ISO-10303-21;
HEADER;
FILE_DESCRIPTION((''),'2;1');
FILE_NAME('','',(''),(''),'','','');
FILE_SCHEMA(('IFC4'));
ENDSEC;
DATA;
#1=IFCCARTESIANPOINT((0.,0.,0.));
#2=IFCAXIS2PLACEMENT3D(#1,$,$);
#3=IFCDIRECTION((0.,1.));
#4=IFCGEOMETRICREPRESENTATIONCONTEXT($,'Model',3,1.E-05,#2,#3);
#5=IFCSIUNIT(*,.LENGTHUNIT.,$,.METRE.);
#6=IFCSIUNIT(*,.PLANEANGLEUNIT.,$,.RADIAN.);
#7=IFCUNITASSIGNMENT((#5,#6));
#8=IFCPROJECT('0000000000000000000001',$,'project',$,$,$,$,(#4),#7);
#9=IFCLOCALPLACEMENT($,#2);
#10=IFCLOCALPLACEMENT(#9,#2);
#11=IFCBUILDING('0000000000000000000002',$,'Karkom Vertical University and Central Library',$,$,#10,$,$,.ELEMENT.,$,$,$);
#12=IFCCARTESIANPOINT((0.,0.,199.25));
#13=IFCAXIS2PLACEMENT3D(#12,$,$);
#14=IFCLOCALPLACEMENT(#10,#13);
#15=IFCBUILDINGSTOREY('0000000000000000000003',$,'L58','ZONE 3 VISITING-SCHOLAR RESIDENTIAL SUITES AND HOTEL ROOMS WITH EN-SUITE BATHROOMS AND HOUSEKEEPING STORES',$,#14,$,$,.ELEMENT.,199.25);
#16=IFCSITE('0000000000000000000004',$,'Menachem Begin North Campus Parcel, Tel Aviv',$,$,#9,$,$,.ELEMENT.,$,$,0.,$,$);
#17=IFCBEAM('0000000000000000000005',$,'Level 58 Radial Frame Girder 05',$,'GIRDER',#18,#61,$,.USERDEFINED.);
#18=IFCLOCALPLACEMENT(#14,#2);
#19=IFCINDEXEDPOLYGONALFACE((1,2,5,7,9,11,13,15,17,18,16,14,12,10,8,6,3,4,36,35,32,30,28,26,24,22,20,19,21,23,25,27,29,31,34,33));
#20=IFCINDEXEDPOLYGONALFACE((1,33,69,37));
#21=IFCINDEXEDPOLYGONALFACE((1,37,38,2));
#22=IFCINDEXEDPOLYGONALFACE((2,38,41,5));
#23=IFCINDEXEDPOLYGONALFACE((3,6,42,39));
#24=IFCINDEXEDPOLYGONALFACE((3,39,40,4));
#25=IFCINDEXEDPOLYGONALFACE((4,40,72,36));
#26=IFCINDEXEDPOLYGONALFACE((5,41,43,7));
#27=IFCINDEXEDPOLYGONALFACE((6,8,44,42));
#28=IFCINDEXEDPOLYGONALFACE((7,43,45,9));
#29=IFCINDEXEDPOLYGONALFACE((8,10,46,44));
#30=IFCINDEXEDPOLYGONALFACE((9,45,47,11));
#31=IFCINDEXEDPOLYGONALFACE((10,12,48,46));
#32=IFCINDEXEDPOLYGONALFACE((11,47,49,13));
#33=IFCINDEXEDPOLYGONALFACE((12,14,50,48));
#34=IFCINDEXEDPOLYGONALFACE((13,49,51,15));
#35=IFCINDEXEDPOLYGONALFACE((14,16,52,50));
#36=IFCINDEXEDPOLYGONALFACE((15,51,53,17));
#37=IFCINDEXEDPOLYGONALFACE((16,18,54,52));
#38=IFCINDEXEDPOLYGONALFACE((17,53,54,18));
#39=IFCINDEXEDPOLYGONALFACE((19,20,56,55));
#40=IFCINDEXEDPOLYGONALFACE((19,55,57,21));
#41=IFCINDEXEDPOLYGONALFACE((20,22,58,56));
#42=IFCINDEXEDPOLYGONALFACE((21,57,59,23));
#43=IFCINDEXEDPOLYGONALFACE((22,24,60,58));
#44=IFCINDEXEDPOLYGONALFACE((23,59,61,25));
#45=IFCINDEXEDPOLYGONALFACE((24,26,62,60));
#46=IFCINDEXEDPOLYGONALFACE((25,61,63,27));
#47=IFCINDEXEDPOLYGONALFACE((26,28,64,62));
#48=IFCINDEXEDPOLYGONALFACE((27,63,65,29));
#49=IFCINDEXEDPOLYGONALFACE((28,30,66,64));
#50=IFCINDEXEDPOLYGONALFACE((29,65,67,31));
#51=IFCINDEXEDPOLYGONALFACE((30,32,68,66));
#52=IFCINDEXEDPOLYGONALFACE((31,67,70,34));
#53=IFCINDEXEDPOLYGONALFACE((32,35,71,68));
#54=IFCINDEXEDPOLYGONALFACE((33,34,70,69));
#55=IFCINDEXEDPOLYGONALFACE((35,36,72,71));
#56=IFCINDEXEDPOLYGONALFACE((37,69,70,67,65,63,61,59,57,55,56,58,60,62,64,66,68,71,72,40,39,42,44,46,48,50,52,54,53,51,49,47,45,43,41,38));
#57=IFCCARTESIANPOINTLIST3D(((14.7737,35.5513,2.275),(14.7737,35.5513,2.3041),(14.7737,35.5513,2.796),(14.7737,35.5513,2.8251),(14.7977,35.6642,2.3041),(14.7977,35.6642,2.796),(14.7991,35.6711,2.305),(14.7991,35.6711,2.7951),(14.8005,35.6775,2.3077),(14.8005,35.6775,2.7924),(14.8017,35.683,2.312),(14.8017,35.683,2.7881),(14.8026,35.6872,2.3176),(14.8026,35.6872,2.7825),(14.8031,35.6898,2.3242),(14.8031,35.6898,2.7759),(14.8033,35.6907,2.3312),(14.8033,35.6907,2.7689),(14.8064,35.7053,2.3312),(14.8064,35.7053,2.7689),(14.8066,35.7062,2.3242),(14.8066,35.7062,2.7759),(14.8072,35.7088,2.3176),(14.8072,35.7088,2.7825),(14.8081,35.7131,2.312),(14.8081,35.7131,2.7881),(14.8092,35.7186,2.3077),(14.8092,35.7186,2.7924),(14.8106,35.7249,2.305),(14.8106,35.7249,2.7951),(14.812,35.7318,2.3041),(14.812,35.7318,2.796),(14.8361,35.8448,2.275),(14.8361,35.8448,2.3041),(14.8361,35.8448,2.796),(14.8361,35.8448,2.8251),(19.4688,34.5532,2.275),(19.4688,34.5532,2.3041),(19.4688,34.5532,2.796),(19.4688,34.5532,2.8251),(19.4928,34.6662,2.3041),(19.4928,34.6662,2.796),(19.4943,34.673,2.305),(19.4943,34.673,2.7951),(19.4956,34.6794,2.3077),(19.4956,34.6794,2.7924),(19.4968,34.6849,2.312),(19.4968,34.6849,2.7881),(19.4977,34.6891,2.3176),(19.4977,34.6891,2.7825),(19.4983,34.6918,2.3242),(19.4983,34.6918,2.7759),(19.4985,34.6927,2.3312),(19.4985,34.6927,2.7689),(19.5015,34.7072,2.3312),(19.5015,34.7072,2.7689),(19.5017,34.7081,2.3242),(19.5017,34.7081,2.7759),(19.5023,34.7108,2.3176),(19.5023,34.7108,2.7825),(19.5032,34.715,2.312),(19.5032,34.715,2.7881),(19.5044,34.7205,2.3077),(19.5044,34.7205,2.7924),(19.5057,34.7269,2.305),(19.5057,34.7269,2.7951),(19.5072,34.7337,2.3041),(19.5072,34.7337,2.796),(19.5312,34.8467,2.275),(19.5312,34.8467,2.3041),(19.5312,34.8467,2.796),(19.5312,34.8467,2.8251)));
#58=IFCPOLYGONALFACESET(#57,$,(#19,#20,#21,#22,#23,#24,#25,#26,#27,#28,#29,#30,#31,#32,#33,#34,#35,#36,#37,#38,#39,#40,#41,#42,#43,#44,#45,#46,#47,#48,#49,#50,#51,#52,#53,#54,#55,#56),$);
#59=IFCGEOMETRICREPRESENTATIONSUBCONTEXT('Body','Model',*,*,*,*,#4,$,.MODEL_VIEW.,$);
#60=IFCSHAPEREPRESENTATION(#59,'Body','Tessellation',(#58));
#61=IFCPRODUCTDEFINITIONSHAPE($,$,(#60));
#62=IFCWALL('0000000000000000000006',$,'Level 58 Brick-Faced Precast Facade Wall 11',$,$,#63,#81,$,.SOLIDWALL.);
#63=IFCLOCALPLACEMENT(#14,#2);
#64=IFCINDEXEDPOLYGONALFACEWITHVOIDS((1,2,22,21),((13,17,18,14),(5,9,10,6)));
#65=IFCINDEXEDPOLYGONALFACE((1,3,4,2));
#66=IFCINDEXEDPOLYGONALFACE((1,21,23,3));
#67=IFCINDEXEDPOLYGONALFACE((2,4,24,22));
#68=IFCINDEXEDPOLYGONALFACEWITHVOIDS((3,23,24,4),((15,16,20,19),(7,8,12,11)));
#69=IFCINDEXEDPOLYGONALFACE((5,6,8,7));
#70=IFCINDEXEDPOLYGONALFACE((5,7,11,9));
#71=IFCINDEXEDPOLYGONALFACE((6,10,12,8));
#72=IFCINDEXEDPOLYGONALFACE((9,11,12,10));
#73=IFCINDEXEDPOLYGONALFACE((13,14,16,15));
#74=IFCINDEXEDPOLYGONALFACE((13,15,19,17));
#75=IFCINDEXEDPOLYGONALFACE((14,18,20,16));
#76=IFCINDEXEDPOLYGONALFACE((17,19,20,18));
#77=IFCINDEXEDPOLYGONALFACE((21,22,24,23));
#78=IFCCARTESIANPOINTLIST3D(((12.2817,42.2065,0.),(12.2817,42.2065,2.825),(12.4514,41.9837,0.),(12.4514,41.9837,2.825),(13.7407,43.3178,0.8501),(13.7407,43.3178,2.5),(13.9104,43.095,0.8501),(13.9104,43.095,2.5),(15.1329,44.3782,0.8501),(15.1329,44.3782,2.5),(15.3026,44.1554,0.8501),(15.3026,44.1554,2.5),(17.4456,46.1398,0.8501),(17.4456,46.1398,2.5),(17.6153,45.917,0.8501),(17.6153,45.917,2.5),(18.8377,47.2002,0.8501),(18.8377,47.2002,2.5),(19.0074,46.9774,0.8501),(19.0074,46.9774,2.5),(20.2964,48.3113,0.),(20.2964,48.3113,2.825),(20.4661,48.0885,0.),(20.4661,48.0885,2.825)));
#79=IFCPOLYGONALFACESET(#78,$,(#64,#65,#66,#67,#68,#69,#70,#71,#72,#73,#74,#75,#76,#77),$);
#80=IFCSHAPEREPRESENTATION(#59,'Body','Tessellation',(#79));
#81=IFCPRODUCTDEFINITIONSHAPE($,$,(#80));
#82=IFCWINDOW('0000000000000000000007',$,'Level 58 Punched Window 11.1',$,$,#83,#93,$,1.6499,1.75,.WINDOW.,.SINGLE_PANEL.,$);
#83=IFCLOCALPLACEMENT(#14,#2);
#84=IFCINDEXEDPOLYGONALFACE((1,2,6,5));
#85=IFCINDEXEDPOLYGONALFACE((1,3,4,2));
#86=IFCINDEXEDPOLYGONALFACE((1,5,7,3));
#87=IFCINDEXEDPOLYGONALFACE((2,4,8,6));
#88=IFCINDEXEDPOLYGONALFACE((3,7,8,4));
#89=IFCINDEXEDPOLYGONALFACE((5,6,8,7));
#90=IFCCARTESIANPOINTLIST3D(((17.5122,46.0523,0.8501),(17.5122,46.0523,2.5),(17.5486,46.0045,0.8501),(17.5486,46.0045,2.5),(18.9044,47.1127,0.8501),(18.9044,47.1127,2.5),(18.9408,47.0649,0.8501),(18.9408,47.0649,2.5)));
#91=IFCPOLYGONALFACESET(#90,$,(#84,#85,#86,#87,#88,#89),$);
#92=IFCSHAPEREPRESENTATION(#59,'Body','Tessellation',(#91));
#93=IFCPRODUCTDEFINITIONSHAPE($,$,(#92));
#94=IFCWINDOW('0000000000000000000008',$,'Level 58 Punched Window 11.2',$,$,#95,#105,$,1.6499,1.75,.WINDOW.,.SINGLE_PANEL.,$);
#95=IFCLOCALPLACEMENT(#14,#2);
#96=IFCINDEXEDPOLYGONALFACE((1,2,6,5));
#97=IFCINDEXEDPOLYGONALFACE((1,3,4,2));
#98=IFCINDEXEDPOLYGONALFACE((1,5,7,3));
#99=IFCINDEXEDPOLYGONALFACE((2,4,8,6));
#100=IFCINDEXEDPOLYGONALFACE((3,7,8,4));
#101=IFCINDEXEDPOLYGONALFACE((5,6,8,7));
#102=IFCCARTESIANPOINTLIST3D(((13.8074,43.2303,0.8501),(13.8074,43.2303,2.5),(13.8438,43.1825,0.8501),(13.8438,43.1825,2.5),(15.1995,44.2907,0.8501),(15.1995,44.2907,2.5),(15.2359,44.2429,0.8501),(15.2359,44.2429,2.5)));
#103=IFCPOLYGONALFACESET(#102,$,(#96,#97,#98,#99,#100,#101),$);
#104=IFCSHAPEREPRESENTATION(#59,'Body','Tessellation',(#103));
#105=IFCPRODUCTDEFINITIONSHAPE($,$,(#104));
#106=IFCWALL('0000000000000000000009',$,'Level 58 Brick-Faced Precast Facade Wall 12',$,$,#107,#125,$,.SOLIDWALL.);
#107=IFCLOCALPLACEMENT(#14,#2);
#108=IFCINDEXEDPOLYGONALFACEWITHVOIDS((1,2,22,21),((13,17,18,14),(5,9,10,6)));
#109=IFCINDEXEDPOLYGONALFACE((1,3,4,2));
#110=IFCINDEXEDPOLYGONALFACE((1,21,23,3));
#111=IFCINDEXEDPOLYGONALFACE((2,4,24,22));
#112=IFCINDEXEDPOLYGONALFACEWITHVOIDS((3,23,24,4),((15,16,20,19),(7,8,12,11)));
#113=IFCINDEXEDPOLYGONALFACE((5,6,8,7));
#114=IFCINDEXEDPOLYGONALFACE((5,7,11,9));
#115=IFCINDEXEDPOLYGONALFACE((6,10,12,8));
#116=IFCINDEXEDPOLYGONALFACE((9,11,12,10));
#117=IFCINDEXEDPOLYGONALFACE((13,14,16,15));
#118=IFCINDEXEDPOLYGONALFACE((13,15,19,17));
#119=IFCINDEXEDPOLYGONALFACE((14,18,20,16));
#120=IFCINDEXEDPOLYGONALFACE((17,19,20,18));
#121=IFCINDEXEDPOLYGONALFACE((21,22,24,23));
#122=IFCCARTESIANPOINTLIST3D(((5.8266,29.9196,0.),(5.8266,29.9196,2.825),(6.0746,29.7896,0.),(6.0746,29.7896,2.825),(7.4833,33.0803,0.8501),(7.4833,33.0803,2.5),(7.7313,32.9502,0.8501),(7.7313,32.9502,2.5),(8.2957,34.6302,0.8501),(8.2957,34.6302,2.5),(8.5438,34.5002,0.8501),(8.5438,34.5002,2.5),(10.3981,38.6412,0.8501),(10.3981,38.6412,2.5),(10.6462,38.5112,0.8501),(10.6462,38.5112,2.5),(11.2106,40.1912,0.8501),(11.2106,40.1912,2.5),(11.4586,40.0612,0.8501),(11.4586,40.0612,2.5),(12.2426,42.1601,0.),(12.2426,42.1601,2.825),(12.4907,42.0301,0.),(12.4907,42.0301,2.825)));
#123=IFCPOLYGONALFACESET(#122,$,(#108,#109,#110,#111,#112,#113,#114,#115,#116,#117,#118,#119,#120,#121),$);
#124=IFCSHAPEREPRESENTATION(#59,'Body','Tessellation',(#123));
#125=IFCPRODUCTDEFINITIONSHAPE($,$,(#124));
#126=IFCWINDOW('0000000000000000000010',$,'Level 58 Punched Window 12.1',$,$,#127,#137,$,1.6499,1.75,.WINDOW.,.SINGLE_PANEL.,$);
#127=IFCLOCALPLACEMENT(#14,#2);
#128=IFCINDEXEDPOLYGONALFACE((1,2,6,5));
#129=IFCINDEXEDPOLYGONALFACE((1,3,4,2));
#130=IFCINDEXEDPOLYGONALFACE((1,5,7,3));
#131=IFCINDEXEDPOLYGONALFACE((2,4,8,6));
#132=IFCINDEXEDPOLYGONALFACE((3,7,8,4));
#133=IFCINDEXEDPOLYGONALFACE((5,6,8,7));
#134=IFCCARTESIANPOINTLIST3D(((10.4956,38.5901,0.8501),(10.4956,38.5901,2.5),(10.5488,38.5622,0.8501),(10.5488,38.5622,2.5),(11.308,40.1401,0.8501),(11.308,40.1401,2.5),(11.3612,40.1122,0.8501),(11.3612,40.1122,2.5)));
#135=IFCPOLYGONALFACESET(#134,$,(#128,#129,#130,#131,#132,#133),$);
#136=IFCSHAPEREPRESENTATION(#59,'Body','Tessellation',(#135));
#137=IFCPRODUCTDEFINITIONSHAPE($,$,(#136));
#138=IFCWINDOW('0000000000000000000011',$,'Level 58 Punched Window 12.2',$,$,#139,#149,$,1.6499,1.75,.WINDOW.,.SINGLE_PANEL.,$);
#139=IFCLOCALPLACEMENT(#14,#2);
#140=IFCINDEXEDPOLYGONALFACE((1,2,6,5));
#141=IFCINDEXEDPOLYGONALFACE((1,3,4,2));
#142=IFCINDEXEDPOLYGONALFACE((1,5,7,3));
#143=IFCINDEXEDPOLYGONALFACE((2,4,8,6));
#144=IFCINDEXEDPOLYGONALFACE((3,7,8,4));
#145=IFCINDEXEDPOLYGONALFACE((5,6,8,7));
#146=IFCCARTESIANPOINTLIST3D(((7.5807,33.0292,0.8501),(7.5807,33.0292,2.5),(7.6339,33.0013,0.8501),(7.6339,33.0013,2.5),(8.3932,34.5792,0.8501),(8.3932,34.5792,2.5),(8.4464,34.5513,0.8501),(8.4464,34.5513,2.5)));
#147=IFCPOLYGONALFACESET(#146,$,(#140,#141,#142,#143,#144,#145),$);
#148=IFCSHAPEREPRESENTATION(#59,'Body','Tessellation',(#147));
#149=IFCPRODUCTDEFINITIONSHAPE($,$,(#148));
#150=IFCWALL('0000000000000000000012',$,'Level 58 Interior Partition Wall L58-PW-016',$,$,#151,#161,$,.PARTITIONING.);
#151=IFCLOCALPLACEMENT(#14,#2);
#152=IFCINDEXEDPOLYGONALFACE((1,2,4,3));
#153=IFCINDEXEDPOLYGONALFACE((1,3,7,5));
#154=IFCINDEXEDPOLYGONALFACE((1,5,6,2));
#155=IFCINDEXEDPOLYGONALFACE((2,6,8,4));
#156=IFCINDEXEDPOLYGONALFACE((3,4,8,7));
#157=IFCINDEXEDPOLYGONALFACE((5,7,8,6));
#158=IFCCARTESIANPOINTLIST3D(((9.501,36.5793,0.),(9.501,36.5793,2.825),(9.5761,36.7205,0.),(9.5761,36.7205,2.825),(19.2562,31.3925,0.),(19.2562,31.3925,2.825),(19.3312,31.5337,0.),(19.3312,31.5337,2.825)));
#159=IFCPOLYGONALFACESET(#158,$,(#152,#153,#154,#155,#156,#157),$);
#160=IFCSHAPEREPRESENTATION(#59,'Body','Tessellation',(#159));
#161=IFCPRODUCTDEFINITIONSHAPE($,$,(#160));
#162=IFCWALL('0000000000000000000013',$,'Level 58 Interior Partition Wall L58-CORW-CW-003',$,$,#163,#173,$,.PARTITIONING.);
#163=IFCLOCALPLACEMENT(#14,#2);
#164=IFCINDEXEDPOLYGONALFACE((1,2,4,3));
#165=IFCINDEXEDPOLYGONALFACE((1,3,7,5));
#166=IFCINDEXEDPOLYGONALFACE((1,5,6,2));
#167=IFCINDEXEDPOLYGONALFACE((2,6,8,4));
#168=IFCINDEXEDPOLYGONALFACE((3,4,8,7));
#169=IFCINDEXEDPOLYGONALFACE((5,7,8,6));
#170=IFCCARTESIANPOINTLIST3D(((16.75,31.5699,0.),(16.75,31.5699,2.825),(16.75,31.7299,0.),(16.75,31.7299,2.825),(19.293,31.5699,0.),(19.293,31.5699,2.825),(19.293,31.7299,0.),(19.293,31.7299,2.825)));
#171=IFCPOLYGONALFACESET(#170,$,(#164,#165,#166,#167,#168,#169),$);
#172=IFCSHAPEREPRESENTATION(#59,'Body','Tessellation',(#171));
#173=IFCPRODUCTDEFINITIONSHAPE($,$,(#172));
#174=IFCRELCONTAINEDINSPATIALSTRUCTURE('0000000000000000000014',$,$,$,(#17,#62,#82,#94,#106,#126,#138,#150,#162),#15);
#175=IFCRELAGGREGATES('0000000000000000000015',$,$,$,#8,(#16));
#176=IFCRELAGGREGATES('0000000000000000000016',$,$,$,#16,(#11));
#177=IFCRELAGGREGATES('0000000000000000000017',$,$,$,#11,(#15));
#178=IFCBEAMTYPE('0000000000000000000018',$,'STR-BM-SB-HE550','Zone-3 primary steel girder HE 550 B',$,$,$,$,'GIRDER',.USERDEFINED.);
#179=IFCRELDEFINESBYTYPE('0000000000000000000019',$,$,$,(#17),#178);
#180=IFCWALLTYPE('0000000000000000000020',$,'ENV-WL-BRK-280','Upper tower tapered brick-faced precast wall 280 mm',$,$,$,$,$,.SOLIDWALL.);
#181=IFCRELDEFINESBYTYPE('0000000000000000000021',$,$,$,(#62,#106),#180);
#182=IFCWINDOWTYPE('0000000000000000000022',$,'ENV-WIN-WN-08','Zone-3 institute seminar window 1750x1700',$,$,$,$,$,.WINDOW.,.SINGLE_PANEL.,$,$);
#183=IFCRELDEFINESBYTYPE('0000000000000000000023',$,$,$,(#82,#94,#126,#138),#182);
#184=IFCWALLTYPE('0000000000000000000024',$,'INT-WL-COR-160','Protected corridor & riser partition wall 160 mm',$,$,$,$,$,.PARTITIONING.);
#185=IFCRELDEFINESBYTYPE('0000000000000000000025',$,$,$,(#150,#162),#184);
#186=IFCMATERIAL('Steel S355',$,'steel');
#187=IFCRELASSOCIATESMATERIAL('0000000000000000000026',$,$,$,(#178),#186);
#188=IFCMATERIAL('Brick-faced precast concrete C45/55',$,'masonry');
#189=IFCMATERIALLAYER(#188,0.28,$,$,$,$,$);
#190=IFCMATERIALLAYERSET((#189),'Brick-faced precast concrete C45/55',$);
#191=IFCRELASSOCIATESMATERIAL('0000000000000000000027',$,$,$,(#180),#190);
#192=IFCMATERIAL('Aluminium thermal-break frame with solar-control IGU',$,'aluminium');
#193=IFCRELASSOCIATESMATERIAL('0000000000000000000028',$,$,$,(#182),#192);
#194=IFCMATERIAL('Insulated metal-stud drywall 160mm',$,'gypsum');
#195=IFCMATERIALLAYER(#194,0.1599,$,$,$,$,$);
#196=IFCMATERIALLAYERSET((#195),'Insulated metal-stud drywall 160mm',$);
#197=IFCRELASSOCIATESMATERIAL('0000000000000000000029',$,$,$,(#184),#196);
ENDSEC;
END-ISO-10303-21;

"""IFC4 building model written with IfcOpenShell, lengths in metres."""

from ifc_helpers import new_model, si_unit, direction, frame, frame_2d, origin, origin_with_axes, origin_2d, place, context, subcontext, project, spatial, rectangle, i_section, extrude, source, transform, mapped, material, layer, layer_set, material_profile, profile_set, type_object, element, fill, save


model = new_model("IFC4")

# Units and contexts
model_context = context("Model", 3, precision=1e-05, world=origin(), true_north=direction((0.0, 1.0)))
body_context = subcontext(model_context, "Body", "Model", "MODEL_VIEW")
ifc_project = project(units=[si_unit("LENGTHUNIT", "METRE"), si_unit("PLANEANGLEUNIT", "RADIAN")], contexts=[model_context])

# Site, building, storey
site_placement = place(None, origin())
site = spatial("IfcSite", under=ifc_project, at=site_placement, Name="Menachem Begin North Campus Parcel, Tel Aviv", CompositionType="ELEMENT", RefElevation=0.0)
building_placement = place(site_placement, origin())
building = spatial("IfcBuilding", under=site, at=building_placement, Name="Karkom Vertical University and Central Library", CompositionType="ELEMENT")
storey_placement = place(building_placement, frame((0.0, 0.0, 199.25)))
storey = spatial("IfcBuildingStorey", under=building, at=storey_placement, Name="L58", Description="ZONE 3 VISITING-SCHOLAR RESIDENTIAL SUITES AND HOTEL ROOMS WITH EN-SUITE BATHROOMS AND HOUSEKEEPING STORES", CompositionType="ELEMENT", Elevation=199.25)

# Beam
ifc_material_1 = material(Name="Steel S355", Category="steel")
ifc_material_profile_1 = material_profile(ifc_material_1, i_section(OverallWidth=0.3, OverallDepth=0.55, WebThickness=0.0149, FlangeThickness=0.0291, FilletRadius=0.0271, at=origin_2d()), Name="HE 550 B")
ifc_profile_set_1 = profile_set([ifc_material_profile_1], Name="Steel S355")
beam_type_1 = type_object("IfcBeamType", Name="STR-BM-SB-HE550", Description="Zone-3 primary steel girder HE 550 B", ElementType="GIRDER", PredefinedType="USERDEFINED", material=ifc_profile_set_1)
shared_shape_1 = source(origin_with_axes(), body_context, "Body", "SweptSolid", [
    extrude(i_section(OverallWidth=0.3, OverallDepth=0.55, WebThickness=0.0149, FlangeThickness=0.0291, FilletRadius=0.0271, at=origin_2d()), origin(), (0.0, 0.0, 1.0), 4.8),
])
beam_1_placement = place(storey_placement, frame((19.5, 34.7, 2.55), z_axis=(-0.978144, 0.207927, 0.0), x_axis=(-0.207927, -0.978144, 0.0)))
element("IfcBeam", 1, at=beam_1_placement, inside=storey, type_object=beam_type_1, Name="Level 58 Radial Frame Girder 05", ObjectType="GIRDER", PredefinedType="USERDEFINED", context=body_context, shape_type="MappedRepresentation", body=[
    mapped(shared_shape_1, transform((0.0, 0.0, 0.0), scale=1.0)),
])

# Walls, openings, windows
ifc_material_2 = material(Name="Brick-faced precast concrete C45/55", Category="masonry")
ifc_layer_1 = layer(ifc_material_2, 0.28)
ifc_layer_set_1 = layer_set([ifc_layer_1], Name="Brick-faced precast concrete C45/55")
wall_type_1 = type_object("IfcWallType", Name="ENV-WL-BRK-280", Description="Upper tower tapered brick-faced precast wall 280 mm", PredefinedType="SOLIDWALL", material=ifc_layer_set_1)
wall_1_placement = place(storey_placement, frame((20.3813, 48.2, 0.0), z_axis=(0.0, 0.0, 1.0), x_axis=(-0.795511, -0.605939, 0.0)))
wall_1 = element("IfcWall", 2, at=wall_1_placement, inside=storey, type_object=wall_type_1, Name="Level 58 Brick-Faced Precast Facade Wall 11", PredefinedType="SOLIDWALL", context=body_context, shape_type="SweptSolid", body=[
    extrude(rectangle(XDim=10.075, YDim=0.28, at=frame_2d((5.0376, 0.0))), origin(), (0.0, 0.0, 1.0), 2.825),
])
opening_1_placement = place(wall_1_placement, frame((1.8337, 0.0, 0.8501)))
opening_1 = element("IfcOpeningElement", 3, at=opening_1_placement, cuts=wall_1, PredefinedType="OPENING", context=body_context, shape_type="SweptSolid", body=[
    extrude(rectangle(XDim=1.75, YDim=1.6499, at=frame_2d((0.875, 0.825))), frame((0.0, 0.1499, 0.0), z_axis=(0.0, -1.0, 0.0), x_axis=(1.0, 0.0, 0.0)), (0.0, 0.0, 1.0), 0.3),
])
opening_2_placement = place(wall_1_placement, frame((6.491, 0.0, 0.8501)))
opening_2 = element("IfcOpeningElement", 4, at=opening_2_placement, cuts=wall_1, PredefinedType="OPENING", context=body_context, shape_type="SweptSolid", body=[
    extrude(rectangle(XDim=1.75, YDim=1.6499, at=frame_2d((0.875, 0.825))), frame((0.0, 0.1499, 0.0), z_axis=(0.0, -1.0, 0.0), x_axis=(1.0, 0.0, 0.0)), (0.0, 0.0, 1.0), 0.3),
])
ifc_material_3 = material(Name="Aluminium thermal-break frame with solar-control IGU", Category="aluminium")
window_type = type_object("IfcWindowType", Name="ENV-WIN-WN-08", Description="Zone-3 institute seminar window 1750x1700", PartitioningType="SINGLE_PANEL", PredefinedType="WINDOW", material=ifc_material_3)
shared_shape_2 = source(origin_with_axes(), body_context, "Body", "SweptSolid", [
    extrude(rectangle(XDim=1.75, YDim=1.6499, at=frame_2d((0.875, 0.825))), frame((0.0, 0.03, 0.0), z_axis=(0.0, -1.0, 0.0), x_axis=(1.0, 0.0, 0.0)), (0.0, 0.0, 1.0), 0.0601),
])
window_1_placement = place(opening_1_placement, origin())
window_1 = element("IfcWindow", 5, at=window_1_placement, inside=storey, type_object=window_type, Name="Level 58 Punched Window 11.1", OverallHeight=1.6499, OverallWidth=1.75, PartitioningType="SINGLE_PANEL", PredefinedType="WINDOW", context=body_context, shape_type="MappedRepresentation", body=[
    mapped(shared_shape_2, transform((0.0, 0.0, 0.0), scale=1.0)),
])
fill(opening_1, window_1)
window_2_placement = place(opening_2_placement, origin())
window_2 = element("IfcWindow", 6, at=window_2_placement, inside=storey, type_object=window_type, Name="Level 58 Punched Window 11.2", OverallHeight=1.6499, OverallWidth=1.75, PartitioningType="SINGLE_PANEL", PredefinedType="WINDOW", context=body_context, shape_type="MappedRepresentation", body=[
    mapped(shared_shape_2, transform((0.0, 0.0, 0.0), scale=1.0)),
])
fill(opening_2, window_2)
wall_2_placement = place(storey_placement, frame((12.3667, 42.0952, 0.0), z_axis=(0.0, 0.0, 1.0), x_axis=(-0.464253, -0.885703, 0.0)))
wall_2 = element("IfcWall", 7, at=wall_2_placement, inside=storey, type_object=wall_type_1, Name="Level 58 Brick-Faced Precast Facade Wall 12", PredefinedType="SOLIDWALL", context=body_context, shape_type="SweptSolid", body=[
    extrude(rectangle(XDim=13.8201, YDim=0.28, at=frame_2d((6.9102, 0.0))), origin(), (0.0, 0.0, 1.0), 2.825),
])
opening_3_placement = place(wall_2_placement, frame((2.2231, 0.0, 0.8501)))
opening_3 = element("IfcOpeningElement", 8, at=opening_3_placement, cuts=wall_2, PredefinedType="OPENING", context=body_context, shape_type="SweptSolid", body=[
    extrude(rectangle(XDim=1.75, YDim=1.6499, at=frame_2d((0.875, 0.825))), frame((0.0, 0.1499, 0.0), z_axis=(0.0, -1.0, 0.0), x_axis=(1.0, 0.0, 0.0)), (0.0, 0.0, 1.0), 0.3),
])
opening_4_placement = place(wall_2_placement, frame((8.5017, 0.0, 0.8501)))
opening_4 = element("IfcOpeningElement", 9, at=opening_4_placement, cuts=wall_2, PredefinedType="OPENING", context=body_context, shape_type="SweptSolid", body=[
    extrude(rectangle(XDim=1.75, YDim=1.6499, at=frame_2d((0.875, 0.825))), frame((0.0, 0.1499, 0.0), z_axis=(0.0, -1.0, 0.0), x_axis=(1.0, 0.0, 0.0)), (0.0, 0.0, 1.0), 0.3),
])
window_3_placement = place(opening_3_placement, origin())
window_3 = element("IfcWindow", 10, at=window_3_placement, inside=storey, type_object=window_type, Name="Level 58 Punched Window 12.1", OverallHeight=1.6499, OverallWidth=1.75, PartitioningType="SINGLE_PANEL", PredefinedType="WINDOW", context=body_context, shape_type="MappedRepresentation", body=[
    mapped(shared_shape_2, transform((0.0, 0.0, 0.0), scale=1.0)),
])
fill(opening_3, window_3)
window_4_placement = place(opening_4_placement, origin())
window_4 = element("IfcWindow", 11, at=window_4_placement, inside=storey, type_object=window_type, Name="Level 58 Punched Window 12.2", OverallHeight=1.6499, OverallWidth=1.75, PartitioningType="SINGLE_PANEL", PredefinedType="WINDOW", context=body_context, shape_type="MappedRepresentation", body=[
    mapped(shared_shape_2, transform((0.0, 0.0, 0.0), scale=1.0)),
])
fill(opening_4, window_4)

# Walls
ifc_material_4 = material(Name="Insulated metal-stud drywall 160mm", Category="gypsum")
ifc_layer_2 = layer(ifc_material_4, 0.1599)
ifc_layer_set_2 = layer_set([ifc_layer_2], Name="Insulated metal-stud drywall 160mm")
wall_type_2 = type_object("IfcWallType", Name="INT-WL-COR-160", Description="Protected corridor & riser partition wall 160 mm", PredefinedType="PARTITIONING", material=ifc_layer_set_2)
wall_3_placement = place(storey_placement, frame((19.2937, 31.4631, 0.0), z_axis=(0.0, 0.0, 1.0), x_axis=(-0.882952, 0.469463, 0.0)))
element("IfcWall", 12, at=wall_3_placement, inside=storey, type_object=wall_type_2, Name="Level 58 Interior Partition Wall L58-PW-016", PredefinedType="PARTITIONING", context=body_context, shape_type="SweptSolid", body=[
    extrude(rectangle(XDim=11.0483, YDim=0.1599, at=frame_2d((5.5242, 0.0))), origin(), (0.0, 0.0, 1.0), 2.825),
])
wall_4_placement = place(storey_placement, frame((16.75, 31.6499, 0.0), z_axis=(0.0, 0.0, 1.0), x_axis=(1.0, 0.0, 0.0)))
element("IfcWall", 13, at=wall_4_placement, inside=storey, type_object=wall_type_2, Name="Level 58 Interior Partition Wall L58-CORW-CW-003", PredefinedType="PARTITIONING", context=body_context, shape_type="SweptSolid", body=[
    extrude(rectangle(XDim=2.543, YDim=0.1599, at=frame_2d((1.2715, 0.0))), origin(), (0.0, 0.0, 1.0), 2.825),
])

save(model, "model.ifc")
